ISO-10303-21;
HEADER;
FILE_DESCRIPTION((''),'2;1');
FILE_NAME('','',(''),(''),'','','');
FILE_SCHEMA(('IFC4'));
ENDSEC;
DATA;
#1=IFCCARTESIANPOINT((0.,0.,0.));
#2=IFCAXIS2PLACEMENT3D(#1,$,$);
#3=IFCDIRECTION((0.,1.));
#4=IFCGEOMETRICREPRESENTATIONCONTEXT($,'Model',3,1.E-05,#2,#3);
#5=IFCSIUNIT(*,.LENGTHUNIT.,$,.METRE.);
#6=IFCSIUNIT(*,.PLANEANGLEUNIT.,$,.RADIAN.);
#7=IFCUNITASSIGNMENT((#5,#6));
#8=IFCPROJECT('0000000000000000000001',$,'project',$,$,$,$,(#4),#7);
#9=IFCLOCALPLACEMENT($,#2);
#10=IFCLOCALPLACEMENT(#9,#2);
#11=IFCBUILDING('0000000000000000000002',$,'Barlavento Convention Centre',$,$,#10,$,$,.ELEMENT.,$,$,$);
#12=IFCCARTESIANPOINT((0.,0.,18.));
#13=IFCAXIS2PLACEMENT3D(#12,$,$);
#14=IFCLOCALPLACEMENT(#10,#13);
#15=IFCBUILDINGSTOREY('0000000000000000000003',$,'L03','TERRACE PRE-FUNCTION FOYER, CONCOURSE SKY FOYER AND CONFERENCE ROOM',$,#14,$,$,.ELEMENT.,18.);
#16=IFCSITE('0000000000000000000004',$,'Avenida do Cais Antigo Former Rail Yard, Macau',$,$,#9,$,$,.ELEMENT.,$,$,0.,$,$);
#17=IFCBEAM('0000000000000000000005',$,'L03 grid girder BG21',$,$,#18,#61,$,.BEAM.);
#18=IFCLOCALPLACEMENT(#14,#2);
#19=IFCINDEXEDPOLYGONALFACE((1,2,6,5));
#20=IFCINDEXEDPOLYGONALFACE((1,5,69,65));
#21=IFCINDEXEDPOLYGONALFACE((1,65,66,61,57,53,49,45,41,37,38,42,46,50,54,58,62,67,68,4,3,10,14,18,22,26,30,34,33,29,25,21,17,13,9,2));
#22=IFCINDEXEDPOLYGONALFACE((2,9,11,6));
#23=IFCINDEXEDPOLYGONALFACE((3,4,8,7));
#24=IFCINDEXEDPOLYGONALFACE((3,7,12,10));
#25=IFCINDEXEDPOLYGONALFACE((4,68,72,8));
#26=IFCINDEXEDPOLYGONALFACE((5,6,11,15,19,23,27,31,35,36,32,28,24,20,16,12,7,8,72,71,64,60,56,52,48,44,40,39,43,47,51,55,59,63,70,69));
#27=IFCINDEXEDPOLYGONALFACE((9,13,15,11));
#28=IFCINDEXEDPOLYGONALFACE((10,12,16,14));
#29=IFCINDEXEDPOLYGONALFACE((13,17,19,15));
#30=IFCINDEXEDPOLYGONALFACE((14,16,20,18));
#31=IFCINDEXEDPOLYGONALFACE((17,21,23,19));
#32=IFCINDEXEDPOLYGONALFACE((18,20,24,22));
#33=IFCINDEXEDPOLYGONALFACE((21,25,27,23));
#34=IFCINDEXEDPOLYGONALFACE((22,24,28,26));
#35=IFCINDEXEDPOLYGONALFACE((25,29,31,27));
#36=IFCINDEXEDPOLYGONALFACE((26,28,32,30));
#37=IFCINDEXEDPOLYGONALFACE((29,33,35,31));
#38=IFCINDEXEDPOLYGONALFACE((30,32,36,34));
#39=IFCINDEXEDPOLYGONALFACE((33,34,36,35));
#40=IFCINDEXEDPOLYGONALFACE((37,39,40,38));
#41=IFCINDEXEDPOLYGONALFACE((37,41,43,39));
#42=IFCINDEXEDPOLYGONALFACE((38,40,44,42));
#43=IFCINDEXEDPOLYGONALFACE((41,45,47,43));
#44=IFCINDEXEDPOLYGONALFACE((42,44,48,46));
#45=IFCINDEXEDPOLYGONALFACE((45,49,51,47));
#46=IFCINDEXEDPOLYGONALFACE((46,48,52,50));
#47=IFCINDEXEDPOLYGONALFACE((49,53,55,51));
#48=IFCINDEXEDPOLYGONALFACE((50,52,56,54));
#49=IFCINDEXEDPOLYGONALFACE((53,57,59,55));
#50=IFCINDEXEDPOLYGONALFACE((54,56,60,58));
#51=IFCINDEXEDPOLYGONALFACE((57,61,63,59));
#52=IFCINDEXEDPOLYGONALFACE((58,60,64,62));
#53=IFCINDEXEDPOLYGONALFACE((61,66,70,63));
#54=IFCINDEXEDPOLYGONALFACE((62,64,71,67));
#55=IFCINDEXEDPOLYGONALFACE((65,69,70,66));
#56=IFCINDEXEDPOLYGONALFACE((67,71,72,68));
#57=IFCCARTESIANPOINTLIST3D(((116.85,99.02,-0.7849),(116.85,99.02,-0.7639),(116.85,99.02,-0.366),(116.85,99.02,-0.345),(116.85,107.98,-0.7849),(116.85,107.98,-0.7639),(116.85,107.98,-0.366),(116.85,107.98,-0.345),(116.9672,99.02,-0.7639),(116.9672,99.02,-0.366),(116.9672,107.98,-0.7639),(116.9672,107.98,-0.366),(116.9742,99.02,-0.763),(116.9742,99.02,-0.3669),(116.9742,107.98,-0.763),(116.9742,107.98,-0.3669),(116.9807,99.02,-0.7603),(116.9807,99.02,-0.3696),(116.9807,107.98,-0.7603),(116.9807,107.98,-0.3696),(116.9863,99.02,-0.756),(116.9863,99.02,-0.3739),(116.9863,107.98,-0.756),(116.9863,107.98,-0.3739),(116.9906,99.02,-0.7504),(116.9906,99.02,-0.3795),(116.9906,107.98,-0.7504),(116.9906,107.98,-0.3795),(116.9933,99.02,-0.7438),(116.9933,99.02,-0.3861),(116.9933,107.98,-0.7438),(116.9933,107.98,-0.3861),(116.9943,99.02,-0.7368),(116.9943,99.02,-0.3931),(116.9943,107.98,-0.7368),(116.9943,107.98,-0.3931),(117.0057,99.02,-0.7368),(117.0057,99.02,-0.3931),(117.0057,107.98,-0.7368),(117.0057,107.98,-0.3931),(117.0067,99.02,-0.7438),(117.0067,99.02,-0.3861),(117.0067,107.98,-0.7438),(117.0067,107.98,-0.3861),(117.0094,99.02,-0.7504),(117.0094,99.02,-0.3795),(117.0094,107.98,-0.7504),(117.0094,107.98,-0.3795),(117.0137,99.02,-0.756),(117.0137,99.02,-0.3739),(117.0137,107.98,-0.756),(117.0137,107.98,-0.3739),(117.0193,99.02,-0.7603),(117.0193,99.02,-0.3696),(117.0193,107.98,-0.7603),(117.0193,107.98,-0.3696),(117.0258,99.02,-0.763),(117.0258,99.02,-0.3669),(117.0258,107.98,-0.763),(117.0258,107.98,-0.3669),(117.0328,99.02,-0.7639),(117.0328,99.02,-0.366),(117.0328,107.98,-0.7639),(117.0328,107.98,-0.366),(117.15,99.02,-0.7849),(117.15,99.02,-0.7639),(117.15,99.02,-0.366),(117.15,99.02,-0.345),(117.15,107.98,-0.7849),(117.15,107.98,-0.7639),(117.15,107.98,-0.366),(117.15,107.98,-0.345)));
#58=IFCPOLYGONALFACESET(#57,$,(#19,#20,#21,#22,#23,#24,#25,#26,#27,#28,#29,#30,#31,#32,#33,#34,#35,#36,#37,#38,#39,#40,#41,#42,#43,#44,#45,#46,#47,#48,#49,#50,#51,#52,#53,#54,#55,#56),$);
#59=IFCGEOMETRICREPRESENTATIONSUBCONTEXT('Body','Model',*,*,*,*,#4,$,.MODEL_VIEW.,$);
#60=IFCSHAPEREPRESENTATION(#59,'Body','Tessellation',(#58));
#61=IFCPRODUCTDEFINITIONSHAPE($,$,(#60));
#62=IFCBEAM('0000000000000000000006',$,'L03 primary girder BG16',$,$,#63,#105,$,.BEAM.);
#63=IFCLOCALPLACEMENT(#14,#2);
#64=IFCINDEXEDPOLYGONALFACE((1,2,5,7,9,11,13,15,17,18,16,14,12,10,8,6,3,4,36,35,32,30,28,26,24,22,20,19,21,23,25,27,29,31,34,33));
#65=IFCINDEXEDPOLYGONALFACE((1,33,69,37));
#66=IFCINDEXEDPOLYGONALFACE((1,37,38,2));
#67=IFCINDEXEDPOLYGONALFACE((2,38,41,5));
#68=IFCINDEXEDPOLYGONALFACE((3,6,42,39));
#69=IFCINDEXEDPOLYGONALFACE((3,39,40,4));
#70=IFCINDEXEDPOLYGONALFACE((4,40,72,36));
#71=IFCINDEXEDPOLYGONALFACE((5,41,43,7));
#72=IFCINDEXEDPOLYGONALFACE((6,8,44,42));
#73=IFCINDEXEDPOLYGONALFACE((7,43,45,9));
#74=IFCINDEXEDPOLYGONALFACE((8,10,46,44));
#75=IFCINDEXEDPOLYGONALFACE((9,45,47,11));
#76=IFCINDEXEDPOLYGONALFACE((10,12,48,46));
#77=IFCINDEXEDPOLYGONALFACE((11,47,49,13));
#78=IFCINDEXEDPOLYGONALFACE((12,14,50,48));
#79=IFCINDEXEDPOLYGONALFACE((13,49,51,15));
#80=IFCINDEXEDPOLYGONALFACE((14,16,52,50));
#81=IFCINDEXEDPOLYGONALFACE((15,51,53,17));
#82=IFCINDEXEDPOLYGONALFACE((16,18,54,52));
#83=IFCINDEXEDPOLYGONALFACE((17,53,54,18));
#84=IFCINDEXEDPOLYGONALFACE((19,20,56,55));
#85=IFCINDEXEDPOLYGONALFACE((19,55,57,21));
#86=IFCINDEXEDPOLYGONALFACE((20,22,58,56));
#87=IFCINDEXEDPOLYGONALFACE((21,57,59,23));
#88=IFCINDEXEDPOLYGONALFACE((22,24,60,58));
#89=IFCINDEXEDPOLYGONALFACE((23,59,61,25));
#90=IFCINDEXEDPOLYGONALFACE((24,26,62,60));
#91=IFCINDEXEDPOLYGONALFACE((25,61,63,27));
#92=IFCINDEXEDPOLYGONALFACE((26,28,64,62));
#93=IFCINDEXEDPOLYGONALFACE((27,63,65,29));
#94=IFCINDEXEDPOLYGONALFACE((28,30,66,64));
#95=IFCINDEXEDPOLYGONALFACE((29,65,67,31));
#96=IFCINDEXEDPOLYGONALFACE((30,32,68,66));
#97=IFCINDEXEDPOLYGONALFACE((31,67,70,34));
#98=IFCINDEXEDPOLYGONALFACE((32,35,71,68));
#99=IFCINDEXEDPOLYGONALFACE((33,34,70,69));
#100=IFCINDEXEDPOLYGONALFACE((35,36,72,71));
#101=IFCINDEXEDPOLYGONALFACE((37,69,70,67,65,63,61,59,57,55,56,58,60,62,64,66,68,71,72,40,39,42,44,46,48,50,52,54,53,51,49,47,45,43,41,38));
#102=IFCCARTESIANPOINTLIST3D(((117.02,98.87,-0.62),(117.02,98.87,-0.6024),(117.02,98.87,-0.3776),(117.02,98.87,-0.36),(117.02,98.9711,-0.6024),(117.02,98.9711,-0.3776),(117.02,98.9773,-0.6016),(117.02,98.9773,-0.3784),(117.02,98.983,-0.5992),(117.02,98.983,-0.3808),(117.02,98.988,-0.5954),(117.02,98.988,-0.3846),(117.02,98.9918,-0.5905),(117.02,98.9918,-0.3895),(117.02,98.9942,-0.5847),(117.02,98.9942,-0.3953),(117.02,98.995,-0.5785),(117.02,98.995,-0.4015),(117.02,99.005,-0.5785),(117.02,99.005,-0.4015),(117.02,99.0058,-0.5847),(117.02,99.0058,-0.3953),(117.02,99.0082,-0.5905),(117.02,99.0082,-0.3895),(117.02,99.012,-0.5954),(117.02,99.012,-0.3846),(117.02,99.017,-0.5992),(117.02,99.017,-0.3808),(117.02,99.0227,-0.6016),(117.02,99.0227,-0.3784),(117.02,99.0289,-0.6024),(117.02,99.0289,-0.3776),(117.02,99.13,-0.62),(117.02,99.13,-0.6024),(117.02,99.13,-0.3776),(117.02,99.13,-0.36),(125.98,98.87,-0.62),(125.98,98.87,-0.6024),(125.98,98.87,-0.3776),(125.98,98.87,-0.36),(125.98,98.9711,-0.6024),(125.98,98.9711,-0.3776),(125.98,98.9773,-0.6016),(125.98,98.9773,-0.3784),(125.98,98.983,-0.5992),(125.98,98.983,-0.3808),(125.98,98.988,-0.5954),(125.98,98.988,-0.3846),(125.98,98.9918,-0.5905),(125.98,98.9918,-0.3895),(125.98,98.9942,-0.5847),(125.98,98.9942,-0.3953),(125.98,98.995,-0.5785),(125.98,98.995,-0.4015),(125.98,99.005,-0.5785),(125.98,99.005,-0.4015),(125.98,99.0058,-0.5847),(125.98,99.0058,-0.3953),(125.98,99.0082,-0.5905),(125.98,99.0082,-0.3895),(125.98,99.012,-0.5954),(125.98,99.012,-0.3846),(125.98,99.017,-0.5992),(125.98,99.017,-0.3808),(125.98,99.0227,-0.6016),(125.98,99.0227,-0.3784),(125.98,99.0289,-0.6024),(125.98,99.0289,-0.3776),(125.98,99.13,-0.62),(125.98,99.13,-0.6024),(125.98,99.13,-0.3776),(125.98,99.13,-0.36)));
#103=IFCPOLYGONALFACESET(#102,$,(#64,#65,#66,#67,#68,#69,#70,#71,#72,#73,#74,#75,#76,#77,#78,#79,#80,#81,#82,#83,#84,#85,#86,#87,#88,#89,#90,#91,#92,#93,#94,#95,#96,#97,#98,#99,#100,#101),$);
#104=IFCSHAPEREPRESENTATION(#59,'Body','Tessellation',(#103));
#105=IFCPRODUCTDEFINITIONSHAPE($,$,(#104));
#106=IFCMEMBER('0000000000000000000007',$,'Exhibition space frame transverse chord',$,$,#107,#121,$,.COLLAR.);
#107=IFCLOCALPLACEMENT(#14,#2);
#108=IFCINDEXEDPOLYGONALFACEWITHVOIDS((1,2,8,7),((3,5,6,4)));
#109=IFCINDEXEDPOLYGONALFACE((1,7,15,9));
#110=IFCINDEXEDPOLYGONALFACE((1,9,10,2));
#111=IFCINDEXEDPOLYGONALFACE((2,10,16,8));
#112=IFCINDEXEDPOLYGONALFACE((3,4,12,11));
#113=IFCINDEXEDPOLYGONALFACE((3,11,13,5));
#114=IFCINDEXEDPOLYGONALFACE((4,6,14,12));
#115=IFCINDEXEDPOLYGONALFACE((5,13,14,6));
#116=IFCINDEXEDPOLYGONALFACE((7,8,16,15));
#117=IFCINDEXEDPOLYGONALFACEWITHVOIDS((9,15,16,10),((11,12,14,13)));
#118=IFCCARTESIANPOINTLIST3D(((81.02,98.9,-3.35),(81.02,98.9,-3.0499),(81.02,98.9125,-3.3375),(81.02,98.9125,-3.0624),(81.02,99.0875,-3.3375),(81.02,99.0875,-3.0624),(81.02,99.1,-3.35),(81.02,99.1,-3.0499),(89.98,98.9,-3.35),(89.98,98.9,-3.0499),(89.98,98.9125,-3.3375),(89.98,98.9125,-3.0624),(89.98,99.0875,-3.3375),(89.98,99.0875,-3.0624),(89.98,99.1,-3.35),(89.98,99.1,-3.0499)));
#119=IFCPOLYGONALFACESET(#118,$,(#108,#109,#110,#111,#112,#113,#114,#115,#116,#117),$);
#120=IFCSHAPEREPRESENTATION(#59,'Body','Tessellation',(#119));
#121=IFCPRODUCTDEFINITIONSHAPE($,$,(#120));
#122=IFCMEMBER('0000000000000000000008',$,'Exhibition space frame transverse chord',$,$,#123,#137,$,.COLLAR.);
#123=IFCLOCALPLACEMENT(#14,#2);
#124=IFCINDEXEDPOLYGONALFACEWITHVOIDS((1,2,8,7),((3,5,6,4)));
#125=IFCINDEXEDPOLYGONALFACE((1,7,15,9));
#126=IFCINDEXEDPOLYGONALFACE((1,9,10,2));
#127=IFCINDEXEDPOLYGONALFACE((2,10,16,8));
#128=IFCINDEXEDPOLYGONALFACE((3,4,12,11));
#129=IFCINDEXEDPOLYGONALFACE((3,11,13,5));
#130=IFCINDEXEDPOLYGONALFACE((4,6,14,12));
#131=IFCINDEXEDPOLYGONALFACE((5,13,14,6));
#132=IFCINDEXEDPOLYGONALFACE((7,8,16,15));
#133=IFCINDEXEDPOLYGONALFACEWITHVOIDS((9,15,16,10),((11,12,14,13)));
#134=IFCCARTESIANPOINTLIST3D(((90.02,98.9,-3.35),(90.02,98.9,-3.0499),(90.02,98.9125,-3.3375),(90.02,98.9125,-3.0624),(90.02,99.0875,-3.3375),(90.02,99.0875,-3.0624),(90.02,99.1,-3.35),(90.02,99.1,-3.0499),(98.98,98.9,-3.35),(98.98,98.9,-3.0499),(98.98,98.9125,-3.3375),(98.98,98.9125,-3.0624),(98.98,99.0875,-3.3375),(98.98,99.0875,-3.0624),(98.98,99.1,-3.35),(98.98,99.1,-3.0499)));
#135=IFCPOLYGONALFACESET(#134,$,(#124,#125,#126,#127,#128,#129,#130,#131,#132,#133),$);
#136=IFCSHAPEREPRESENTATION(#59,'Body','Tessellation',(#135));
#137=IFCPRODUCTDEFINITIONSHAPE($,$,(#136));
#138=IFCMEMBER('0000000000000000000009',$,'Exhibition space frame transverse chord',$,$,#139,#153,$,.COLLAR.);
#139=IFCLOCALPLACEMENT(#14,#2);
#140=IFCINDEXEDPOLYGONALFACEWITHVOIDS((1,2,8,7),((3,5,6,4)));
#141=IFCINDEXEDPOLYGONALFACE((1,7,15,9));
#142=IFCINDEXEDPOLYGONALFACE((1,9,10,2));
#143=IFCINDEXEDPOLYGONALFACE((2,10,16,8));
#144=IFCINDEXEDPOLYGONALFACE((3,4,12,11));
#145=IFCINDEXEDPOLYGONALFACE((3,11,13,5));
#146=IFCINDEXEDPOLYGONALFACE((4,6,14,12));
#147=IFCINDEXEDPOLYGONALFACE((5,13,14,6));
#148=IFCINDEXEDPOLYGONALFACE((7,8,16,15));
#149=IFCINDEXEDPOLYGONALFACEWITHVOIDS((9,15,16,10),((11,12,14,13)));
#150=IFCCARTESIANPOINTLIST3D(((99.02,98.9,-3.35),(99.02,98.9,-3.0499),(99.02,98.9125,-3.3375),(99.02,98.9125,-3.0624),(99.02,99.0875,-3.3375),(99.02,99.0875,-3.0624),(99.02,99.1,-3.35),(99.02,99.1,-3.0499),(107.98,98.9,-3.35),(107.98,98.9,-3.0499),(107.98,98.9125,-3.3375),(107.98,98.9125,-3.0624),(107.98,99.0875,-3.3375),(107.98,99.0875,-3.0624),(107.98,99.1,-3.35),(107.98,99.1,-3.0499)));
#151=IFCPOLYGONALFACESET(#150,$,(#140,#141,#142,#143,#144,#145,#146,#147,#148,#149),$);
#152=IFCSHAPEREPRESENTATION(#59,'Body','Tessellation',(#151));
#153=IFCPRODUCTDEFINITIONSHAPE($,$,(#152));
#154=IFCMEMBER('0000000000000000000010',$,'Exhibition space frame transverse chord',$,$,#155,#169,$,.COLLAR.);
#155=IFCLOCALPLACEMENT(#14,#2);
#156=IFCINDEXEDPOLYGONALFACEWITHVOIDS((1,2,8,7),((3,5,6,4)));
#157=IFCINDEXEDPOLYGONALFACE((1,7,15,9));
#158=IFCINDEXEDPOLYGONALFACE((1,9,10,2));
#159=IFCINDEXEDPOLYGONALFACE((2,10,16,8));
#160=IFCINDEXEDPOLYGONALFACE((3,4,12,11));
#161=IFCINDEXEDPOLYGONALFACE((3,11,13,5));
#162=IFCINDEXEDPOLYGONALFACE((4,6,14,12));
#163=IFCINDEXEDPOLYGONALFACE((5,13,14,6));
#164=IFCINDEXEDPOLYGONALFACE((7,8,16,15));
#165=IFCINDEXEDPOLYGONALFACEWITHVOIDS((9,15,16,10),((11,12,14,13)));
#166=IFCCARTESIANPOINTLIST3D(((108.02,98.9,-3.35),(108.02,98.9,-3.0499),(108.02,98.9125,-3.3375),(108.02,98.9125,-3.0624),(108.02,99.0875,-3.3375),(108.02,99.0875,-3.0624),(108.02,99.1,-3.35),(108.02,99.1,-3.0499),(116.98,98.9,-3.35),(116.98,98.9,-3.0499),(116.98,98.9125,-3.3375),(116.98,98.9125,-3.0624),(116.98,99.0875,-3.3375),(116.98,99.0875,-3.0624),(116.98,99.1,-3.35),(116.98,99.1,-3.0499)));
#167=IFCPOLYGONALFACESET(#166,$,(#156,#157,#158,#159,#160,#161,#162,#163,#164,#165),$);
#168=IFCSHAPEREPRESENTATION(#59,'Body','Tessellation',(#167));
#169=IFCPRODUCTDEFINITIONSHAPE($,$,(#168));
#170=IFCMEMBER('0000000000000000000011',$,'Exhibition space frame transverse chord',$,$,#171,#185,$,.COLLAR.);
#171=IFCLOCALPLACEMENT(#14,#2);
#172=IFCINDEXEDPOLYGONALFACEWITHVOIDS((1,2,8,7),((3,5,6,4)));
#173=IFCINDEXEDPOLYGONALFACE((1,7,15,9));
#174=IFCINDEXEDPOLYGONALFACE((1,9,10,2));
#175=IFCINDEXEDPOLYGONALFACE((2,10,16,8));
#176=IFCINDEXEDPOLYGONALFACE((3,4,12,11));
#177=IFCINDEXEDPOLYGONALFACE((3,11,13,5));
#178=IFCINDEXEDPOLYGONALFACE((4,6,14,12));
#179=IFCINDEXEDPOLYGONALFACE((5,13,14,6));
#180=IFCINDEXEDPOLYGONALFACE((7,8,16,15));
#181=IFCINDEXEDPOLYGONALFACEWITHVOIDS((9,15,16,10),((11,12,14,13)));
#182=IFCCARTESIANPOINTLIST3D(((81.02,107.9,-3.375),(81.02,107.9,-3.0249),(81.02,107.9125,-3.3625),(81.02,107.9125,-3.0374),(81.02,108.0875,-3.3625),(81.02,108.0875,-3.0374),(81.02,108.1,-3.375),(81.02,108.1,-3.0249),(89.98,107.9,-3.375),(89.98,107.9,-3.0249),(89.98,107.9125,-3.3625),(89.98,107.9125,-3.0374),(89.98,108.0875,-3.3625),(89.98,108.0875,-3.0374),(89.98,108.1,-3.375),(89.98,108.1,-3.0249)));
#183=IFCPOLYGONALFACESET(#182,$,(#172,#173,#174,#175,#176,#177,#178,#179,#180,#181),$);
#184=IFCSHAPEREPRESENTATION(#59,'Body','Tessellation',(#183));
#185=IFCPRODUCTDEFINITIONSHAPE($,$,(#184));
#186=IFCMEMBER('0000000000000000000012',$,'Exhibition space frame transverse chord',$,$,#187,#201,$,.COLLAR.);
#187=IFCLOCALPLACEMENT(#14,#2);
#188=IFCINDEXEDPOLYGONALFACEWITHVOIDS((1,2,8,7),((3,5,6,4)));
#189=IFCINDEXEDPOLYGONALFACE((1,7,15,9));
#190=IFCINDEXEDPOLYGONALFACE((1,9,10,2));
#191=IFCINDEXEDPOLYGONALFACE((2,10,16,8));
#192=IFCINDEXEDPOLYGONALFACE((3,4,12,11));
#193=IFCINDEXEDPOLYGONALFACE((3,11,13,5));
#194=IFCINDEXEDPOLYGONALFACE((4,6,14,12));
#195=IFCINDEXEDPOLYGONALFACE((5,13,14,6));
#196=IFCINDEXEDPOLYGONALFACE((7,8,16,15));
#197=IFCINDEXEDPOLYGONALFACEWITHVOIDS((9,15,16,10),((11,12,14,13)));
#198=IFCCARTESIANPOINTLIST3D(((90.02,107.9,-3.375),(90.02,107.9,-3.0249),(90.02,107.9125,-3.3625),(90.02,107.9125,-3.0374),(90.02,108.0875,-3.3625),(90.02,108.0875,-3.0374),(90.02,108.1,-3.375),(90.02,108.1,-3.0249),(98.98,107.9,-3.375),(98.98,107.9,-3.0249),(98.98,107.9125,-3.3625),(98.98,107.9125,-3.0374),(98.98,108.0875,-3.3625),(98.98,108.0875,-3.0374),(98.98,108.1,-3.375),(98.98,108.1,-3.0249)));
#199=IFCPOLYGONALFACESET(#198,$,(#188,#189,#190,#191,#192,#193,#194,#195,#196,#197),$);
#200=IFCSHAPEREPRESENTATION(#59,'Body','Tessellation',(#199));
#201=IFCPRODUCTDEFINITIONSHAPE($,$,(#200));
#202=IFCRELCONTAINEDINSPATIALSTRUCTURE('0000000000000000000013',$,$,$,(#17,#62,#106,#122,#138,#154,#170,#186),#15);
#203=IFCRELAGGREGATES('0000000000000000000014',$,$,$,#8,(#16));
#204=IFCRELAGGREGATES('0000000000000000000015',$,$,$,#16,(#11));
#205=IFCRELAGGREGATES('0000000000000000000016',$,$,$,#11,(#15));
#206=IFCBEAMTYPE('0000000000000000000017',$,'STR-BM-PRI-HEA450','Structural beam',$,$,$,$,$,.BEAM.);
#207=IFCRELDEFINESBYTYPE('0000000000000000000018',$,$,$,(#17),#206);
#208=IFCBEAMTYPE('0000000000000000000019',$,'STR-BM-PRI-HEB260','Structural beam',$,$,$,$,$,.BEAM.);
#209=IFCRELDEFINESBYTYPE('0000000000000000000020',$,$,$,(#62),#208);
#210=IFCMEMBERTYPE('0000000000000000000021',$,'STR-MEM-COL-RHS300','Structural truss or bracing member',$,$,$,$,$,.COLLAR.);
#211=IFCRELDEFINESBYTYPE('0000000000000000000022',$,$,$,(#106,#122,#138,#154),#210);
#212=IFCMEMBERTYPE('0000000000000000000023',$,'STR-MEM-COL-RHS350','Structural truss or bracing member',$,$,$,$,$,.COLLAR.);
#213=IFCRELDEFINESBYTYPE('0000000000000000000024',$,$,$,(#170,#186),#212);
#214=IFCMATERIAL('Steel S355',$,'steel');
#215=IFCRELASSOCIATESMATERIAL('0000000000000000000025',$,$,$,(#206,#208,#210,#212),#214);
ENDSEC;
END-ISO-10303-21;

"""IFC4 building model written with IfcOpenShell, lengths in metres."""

from ifc_helpers import new_model, si_unit, direction, frame, origin, origin_2d, place, context, subcontext, project, spatial, hollow_rectangle, i_section, extrude, material, material_profile, profile_set, type_object, element, save


model = new_model("IFC4")

# Units and contexts
model_context = context("Model", 3, precision=1e-05, world=origin(), true_north=direction((0.0, 1.0)))
body_context = subcontext(model_context, "Body", "Model", "MODEL_VIEW")
ifc_project = project(units=[si_unit("LENGTHUNIT", "METRE"), si_unit("PLANEANGLEUNIT", "RADIAN")], contexts=[model_context])

# Site, building, storey
site_placement = place(None, origin())
site = spatial("IfcSite", under=ifc_project, at=site_placement, Name="Avenida do Cais Antigo Former Rail Yard, Macau", CompositionType="ELEMENT", RefElevation=0.0)
building_placement = place(site_placement, origin())
building = spatial("IfcBuilding", under=site, at=building_placement, Name="Barlavento Convention Centre", CompositionType="ELEMENT")
storey_placement = place(building_placement, frame((0.0, 0.0, 18.0)))
storey = spatial("IfcBuildingStorey", under=building, at=storey_placement, Name="L03", Description="TERRACE PRE-FUNCTION FOYER, CONCOURSE SKY FOYER AND CONFERENCE ROOM", CompositionType="ELEMENT", Elevation=18.0)

# Beams
ifc_material_1 = material(Name="Steel S355", Category="steel")
ifc_material_profile_1 = material_profile(ifc_material_1, i_section(OverallWidth=0.3, OverallDepth=0.4399, WebThickness=0.0115, FlangeThickness=0.021, FilletRadius=0.0271, at=origin_2d()), Name="HEA 450")
ifc_profile_set_1 = profile_set([ifc_material_profile_1], Name="Steel S355")
beam_type_1 = type_object("IfcBeamType", Name="STR-BM-PRI-HEA450", Description="Structural beam", PredefinedType="BEAM", material=ifc_profile_set_1)
beam_1_placement = place(storey_placement, frame((117.0, 99.02, -0.5649), z_axis=(0.0, 1.0, 0.0), x_axis=(-1.0, 0.0, 0.0)))
element("IfcBeam", 1, at=beam_1_placement, inside=storey, type_object=beam_type_1, Name="L03 grid girder BG21", PredefinedType="BEAM", context=body_context, shape_type="SweptSolid", body=[
    extrude(i_section(OverallWidth=0.3, OverallDepth=0.4399, WebThickness=0.0115, FlangeThickness=0.021, FilletRadius=0.0271, at=origin_2d()), origin(), (0.0, 0.0, 1.0), 8.96),
])
ifc_material_profile_2 = material_profile(ifc_material_1, i_section(OverallWidth=0.26, OverallDepth=0.26, WebThickness=0.01, FlangeThickness=0.0176, FilletRadius=0.0239, at=origin_2d()), Name="HEB 260")
ifc_profile_set_2 = profile_set([ifc_material_profile_2], Name="Steel S355")
beam_type_2 = type_object("IfcBeamType", Name="STR-BM-PRI-HEB260", Description="Structural beam", PredefinedType="BEAM", material=ifc_profile_set_2)
beam_2_placement = place(storey_placement, frame((117.02, 99.0, -0.49), z_axis=(1.0, 0.0, 0.0), x_axis=(0.0, 1.0, 0.0)))
element("IfcBeam", 2, at=beam_2_placement, inside=storey, type_object=beam_type_2, Name="L03 primary girder BG16", PredefinedType="BEAM", context=body_context, shape_type="SweptSolid", body=[
    extrude(i_section(OverallWidth=0.26, OverallDepth=0.26, WebThickness=0.01, FlangeThickness=0.0176, FilletRadius=0.0239, at=origin_2d()), origin(), (0.0, 0.0, 1.0), 8.96),
])

# Members
ifc_material_profile_3 = material_profile(ifc_material_1, hollow_rectangle(XDim=0.2, YDim=0.3, WallThickness=0.0125, at=origin_2d()), Name="RHS 300x200x12.5")
ifc_profile_set_3 = profile_set([ifc_material_profile_3], Name="Steel S355")
member_type_1 = type_object("IfcMemberType", Name="STR-MEM-COL-RHS300", Description="Structural truss or bracing member", PredefinedType="COLLAR", material=ifc_profile_set_3)
for number, where, z_axis, x_axis, name in (
    (3, (81.02, 99.0, -3.2), (1.0, 0.0, 0.0), (0.0, 1.0, 0.0), "Exhibition space frame transverse chord"),
    (4, (90.02, 99.0, -3.2), (1.0, 0.0, 0.0), (0.0, 1.0, 0.0), "Exhibition space frame transverse chord"),
    (5, (99.02, 99.0, -3.2), (1.0, 0.0, 0.0), (0.0, 1.0, 0.0), "Exhibition space frame transverse chord"),
    (6, (108.02, 99.0, -3.2), (1.0, 0.0, 0.0), (0.0, 1.0, 0.0), "Exhibition space frame transverse chord"),
):
    element("IfcMember", number, at=place(storey_placement, frame(where, z_axis=z_axis, x_axis=x_axis)), inside=storey, type_object=member_type_1, Name=name, PredefinedType="COLLAR", context=body_context, shape_type="SweptSolid", body=[
        extrude(hollow_rectangle(XDim=0.2, YDim=0.3, WallThickness=0.0125, at=origin_2d()), origin(), (0.0, 0.0, 1.0), 8.96),
    ])
ifc_material_profile_4 = material_profile(ifc_material_1, hollow_rectangle(XDim=0.2, YDim=0.3501, WallThickness=0.0125, at=origin_2d()), Name="RHS 350x200x12.5")
ifc_profile_set_4 = profile_set([ifc_material_profile_4], Name="Steel S355")
member_type_2 = type_object("IfcMemberType", Name="STR-MEM-COL-RHS350", Description="Structural truss or bracing member", PredefinedType="COLLAR", material=ifc_profile_set_4)
for number, where, z_axis, x_axis, name in (
    (7, (81.02, 108.0, -3.2), (1.0, 0.0, 0.0), (0.0, 1.0, 0.0), "Exhibition space frame transverse chord"),
    (8, (90.02, 108.0, -3.2), (1.0, 0.0, 0.0), (0.0, 1.0, 0.0), "Exhibition space frame transverse chord"),
):
    element("IfcMember", number, at=place(storey_placement, frame(where, z_axis=z_axis, x_axis=x_axis)), inside=storey, type_object=member_type_2, Name=name, PredefinedType="COLLAR", context=body_context, shape_type="SweptSolid", body=[
        extrude(hollow_rectangle(XDim=0.2, YDim=0.3501, WallThickness=0.0125, at=origin_2d()), origin(), (0.0, 0.0, 1.0), 8.96),
    ])

save(model, "model.ifc")
